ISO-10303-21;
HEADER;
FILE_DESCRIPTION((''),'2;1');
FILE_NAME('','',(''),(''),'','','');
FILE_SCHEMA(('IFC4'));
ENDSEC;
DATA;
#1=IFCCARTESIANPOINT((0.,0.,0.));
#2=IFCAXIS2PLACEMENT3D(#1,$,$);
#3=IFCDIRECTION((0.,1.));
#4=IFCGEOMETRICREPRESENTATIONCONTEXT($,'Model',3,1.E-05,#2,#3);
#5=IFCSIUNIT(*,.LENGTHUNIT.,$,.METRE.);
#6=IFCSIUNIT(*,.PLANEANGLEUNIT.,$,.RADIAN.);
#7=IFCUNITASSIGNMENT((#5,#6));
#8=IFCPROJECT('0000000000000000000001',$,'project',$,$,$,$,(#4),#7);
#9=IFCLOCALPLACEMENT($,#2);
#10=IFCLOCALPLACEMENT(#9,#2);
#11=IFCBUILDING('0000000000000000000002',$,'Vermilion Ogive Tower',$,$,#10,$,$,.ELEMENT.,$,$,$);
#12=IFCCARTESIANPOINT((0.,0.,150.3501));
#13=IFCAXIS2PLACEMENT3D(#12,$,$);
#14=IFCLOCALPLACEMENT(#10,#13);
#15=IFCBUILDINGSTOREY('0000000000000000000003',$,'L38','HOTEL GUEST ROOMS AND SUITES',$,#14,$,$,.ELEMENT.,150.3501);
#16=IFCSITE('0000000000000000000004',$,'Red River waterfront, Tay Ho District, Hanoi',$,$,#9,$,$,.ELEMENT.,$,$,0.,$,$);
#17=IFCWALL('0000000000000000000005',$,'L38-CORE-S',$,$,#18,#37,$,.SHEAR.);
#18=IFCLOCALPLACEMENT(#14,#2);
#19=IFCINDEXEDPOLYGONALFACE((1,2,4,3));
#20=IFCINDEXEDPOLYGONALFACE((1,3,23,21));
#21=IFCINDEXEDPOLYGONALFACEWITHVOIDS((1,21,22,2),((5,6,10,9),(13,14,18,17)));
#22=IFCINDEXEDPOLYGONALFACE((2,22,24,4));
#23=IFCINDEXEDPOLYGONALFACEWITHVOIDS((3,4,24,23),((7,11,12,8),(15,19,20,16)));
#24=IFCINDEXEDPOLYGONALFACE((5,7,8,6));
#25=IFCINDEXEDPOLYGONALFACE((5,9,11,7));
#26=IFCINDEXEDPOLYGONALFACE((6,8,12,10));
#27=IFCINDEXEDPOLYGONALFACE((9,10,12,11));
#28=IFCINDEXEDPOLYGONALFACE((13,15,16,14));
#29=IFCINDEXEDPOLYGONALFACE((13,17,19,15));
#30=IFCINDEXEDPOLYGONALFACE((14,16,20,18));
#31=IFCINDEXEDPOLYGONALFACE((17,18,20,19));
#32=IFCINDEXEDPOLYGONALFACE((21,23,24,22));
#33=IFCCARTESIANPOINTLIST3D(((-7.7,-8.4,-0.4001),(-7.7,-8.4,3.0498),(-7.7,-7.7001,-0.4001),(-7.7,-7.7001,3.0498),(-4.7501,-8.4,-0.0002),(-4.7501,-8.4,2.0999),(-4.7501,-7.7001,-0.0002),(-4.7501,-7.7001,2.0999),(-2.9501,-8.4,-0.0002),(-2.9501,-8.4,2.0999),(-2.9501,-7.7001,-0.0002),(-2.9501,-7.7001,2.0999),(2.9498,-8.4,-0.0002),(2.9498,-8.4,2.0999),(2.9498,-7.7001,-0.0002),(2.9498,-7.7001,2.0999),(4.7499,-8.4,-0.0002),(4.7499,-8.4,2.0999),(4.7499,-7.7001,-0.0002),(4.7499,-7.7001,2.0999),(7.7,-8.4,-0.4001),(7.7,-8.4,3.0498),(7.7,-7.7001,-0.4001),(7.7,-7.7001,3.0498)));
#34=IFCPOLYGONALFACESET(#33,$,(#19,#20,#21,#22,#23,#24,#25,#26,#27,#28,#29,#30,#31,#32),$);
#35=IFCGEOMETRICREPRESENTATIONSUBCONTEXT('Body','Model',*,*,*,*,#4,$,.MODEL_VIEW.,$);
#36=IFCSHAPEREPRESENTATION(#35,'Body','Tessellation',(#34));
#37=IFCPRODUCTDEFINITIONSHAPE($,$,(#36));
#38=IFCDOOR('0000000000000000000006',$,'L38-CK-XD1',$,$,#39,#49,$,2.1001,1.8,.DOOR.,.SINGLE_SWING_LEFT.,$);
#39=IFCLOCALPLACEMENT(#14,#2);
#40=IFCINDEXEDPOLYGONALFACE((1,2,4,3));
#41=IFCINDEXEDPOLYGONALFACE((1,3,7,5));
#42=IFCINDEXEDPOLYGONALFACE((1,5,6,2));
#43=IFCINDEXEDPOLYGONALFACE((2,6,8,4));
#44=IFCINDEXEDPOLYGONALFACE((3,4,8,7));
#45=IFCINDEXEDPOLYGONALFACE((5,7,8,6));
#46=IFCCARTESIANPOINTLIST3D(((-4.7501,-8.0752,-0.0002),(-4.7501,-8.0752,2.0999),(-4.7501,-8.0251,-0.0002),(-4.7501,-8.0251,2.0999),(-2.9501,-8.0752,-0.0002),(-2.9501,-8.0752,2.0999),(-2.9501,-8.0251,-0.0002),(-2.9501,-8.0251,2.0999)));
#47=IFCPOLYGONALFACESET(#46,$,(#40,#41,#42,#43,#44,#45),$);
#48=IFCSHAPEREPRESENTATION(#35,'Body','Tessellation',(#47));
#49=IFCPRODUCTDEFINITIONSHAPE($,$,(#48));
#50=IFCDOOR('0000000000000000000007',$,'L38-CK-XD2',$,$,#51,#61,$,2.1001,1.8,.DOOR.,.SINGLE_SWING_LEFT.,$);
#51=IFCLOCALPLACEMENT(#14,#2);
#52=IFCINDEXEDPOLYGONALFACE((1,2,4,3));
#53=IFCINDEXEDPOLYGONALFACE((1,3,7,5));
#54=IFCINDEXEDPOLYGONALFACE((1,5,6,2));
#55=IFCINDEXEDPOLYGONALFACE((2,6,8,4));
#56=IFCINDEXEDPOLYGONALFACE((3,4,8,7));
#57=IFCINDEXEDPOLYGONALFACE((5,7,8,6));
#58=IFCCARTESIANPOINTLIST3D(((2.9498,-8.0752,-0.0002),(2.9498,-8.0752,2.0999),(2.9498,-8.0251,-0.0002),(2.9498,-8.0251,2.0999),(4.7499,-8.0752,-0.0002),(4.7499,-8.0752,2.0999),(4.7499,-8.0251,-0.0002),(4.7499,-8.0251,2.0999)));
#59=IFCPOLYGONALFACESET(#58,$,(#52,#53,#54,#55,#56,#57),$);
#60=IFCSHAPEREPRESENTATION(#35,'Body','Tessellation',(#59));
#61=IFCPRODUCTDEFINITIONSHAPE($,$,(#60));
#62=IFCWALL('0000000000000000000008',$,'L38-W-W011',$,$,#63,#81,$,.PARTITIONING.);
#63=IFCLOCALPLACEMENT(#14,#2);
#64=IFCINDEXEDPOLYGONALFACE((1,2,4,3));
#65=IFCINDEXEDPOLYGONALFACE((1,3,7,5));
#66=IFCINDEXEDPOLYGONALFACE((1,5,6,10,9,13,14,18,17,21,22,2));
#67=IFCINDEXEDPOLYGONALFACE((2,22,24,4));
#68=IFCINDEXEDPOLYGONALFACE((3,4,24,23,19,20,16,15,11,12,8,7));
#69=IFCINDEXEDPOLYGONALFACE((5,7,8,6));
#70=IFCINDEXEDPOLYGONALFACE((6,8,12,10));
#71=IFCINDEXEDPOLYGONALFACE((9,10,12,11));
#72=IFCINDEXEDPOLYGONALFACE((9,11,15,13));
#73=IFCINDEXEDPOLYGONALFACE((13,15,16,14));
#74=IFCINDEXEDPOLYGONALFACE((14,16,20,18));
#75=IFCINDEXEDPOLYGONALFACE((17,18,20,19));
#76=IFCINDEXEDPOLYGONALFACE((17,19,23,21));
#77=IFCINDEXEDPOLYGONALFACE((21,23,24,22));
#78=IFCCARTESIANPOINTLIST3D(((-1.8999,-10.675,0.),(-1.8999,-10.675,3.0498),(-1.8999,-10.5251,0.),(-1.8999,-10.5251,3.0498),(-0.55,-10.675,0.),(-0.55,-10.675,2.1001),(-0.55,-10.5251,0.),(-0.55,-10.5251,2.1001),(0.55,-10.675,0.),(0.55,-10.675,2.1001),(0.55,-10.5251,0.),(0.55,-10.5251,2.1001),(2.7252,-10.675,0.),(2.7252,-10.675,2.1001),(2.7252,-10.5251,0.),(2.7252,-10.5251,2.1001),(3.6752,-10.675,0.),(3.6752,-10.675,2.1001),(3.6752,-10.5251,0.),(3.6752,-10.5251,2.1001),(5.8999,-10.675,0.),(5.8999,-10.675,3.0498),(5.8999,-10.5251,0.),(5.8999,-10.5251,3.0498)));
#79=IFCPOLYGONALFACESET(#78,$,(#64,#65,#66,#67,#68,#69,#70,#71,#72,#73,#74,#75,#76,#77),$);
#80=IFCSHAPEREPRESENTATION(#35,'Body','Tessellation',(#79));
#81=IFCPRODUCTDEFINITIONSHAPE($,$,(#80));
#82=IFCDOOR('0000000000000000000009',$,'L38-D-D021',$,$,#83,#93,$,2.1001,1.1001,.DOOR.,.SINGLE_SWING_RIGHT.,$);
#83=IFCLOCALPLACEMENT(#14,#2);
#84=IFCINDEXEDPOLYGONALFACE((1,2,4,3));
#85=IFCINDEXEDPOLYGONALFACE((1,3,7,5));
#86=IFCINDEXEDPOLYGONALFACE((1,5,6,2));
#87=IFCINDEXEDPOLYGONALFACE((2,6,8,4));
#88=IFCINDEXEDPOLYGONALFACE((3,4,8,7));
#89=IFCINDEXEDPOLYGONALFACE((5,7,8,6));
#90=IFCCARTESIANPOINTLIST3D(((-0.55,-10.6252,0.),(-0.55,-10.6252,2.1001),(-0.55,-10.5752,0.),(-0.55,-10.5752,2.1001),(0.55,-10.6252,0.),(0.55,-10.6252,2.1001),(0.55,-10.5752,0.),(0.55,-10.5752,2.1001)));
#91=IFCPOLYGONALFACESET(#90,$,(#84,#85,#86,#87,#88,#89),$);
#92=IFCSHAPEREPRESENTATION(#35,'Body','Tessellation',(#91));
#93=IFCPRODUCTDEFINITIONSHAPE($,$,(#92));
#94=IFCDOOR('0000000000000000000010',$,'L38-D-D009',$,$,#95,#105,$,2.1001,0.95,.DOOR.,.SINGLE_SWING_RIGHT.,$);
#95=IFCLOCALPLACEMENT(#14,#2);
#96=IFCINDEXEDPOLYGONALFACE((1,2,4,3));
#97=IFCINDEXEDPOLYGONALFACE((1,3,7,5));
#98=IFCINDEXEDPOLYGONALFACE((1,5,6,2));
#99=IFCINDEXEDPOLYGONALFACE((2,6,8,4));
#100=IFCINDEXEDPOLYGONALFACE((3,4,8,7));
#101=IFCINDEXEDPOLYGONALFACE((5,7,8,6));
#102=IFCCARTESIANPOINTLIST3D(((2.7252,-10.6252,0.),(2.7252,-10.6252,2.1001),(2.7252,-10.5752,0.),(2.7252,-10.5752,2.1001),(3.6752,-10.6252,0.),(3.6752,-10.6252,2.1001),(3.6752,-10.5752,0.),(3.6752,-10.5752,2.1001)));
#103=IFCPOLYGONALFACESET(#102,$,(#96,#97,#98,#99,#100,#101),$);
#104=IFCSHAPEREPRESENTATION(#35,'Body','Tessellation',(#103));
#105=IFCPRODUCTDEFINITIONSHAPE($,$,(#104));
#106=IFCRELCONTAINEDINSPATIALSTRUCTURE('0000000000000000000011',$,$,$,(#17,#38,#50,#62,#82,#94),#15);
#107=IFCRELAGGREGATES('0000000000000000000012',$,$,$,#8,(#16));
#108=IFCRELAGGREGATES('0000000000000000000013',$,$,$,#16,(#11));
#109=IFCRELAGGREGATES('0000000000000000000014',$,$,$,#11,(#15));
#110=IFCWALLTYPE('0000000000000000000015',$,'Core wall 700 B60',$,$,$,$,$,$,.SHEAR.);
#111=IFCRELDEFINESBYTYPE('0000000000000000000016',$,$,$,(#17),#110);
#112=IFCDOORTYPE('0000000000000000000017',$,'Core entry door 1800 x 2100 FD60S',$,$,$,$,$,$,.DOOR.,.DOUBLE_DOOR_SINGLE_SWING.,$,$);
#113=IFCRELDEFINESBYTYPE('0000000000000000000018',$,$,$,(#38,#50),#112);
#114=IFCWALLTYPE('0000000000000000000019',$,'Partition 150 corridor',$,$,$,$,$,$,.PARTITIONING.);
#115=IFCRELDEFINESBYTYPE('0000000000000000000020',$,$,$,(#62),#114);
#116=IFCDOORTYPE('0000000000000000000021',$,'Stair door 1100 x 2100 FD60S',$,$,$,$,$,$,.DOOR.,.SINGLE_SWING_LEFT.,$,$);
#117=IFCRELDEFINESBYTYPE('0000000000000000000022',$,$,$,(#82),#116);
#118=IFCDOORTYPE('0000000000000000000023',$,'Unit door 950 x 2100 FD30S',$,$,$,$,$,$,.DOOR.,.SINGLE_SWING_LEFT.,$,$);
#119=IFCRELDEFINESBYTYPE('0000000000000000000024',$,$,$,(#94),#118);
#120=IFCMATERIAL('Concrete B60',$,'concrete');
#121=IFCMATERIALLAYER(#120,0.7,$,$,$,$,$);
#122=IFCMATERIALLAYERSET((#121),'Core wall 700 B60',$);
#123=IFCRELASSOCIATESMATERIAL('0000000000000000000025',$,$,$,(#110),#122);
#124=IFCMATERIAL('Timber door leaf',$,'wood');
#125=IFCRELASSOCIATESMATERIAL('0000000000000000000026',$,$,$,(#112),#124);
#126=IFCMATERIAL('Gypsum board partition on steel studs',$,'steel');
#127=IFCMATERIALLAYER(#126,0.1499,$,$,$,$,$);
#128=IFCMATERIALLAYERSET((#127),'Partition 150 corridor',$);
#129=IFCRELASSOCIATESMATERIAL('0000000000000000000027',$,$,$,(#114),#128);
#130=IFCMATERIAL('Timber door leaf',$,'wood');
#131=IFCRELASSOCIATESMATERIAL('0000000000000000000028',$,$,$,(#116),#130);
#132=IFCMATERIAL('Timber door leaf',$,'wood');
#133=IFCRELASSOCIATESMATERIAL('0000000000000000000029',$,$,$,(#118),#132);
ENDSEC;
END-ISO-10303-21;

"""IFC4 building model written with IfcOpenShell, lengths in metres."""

from ifc_helpers import new_model, si_unit, direction, frame, frame_2d, origin, place, context, subcontext, project, spatial, rectangle, extrude, material, layer, layer_set, type_object, element, fill, save


model = new_model("IFC4")

# Units and contexts
model_context = context("Model", 3, precision=1e-05, world=origin(), true_north=direction((0.0, 1.0)))
body_context = subcontext(model_context, "Body", "Model", "MODEL_VIEW")
ifc_project = project(units=[si_unit("LENGTHUNIT", "METRE"), si_unit("PLANEANGLEUNIT", "RADIAN")], contexts=[model_context])

# Site, building, storey
site_placement = place(None, origin())
site = spatial("IfcSite", under=ifc_project, at=site_placement, Name="Red River waterfront, Tay Ho District, Hanoi", CompositionType="ELEMENT", RefElevation=0.0)
building_placement = place(site_placement, origin())
building = spatial("IfcBuilding", under=site, at=building_placement, Name="Vermilion Ogive Tower", CompositionType="ELEMENT")
storey_placement = place(building_placement, frame((0.0, 0.0, 150.3501)))
storey = spatial("IfcBuildingStorey", under=building, at=storey_placement, Name="L38", Description="HOTEL GUEST ROOMS AND SUITES", CompositionType="ELEMENT", Elevation=150.3501)

# Walls, openings, doors
ifc_material_1 = material(Name="Concrete B60", Category="concrete")
ifc_layer_1 = layer(ifc_material_1, 0.7)
ifc_layer_set_1 = layer_set([ifc_layer_1], Name="Core wall 700 B60")
wall_type_1 = type_object("IfcWallType", Name="Core wall 700 B60", PredefinedType="SHEAR", material=ifc_layer_set_1)
wall_1_placement = place(storey_placement, frame((-7.7, -8.05, -0.4001), z_axis=(0.0, 0.0, 1.0), x_axis=(1.0, 0.0, 0.0)))
wall_1 = element("IfcWall", 1, at=wall_1_placement, inside=storey, type_object=wall_type_1, Name="L38-CORE-S", PredefinedType="SHEAR", context=body_context, shape_type="SweptSolid", body=[
    extrude(rectangle(XDim=15.3999, YDim=0.7, at=frame_2d((7.7, 0.0))), origin(), (0.0, 0.0, 1.0), 3.45),
])
opening_1_placement = place(wall_1_placement, frame((2.95, 0.0, 0.3999)))
opening_1 = element("IfcOpeningElement", 2, at=opening_1_placement, cuts=wall_1, PredefinedType="OPENING", context=body_context, shape_type="SweptSolid", body=[
    extrude(rectangle(XDim=1.8, YDim=2.1001, at=frame_2d((0.8999, 1.05))), frame((0.0, 0.3599, 0.0), z_axis=(0.0, -1.0, 0.0), x_axis=(1.0, 0.0, 0.0)), (0.0, 0.0, 1.0), 0.72),
])
opening_2_placement = place(wall_1_placement, frame((10.6499, 0.0, 0.3999)))
opening_2 = element("IfcOpeningElement", 3, at=opening_2_placement, cuts=wall_1, PredefinedType="OPENING", context=body_context, shape_type="SweptSolid", body=[
    extrude(rectangle(XDim=1.8, YDim=2.1001, at=frame_2d((0.8999, 1.05))), frame((0.0, 0.3599, 0.0), z_axis=(0.0, -1.0, 0.0), x_axis=(1.0, 0.0, 0.0)), (0.0, 0.0, 1.0), 0.72),
])
ifc_material_2 = material(Name="Timber door leaf", Category="wood")
door_type_1 = type_object("IfcDoorType", Name="Core entry door 1800 x 2100 FD60S", OperationType="DOUBLE_DOOR_SINGLE_SWING", PredefinedType="DOOR", material=ifc_material_2)
door_1_placement = place(opening_1_placement, origin())
door_1 = element("IfcDoor", 4, at=door_1_placement, inside=storey, type_object=door_type_1, Name="L38-CK-XD1", OperationType="SINGLE_SWING_LEFT", OverallHeight=2.1001, OverallWidth=1.8, PredefinedType="DOOR", context=body_context, shape_type="SweptSolid", body=[
    extrude(rectangle(XDim=1.8, YDim=2.1001, at=frame_2d((0.8999, 1.05))), frame((0.0, 0.0249, 0.0), z_axis=(0.0, -1.0, 0.0), x_axis=(1.0, 0.0, 0.0)), (0.0, 0.0, 1.0), 0.05),
])
fill(opening_1, door_1)
door_2_placement = place(opening_2_placement, origin())
door_2 = element("IfcDoor", 5, at=door_2_placement, inside=storey, type_object=door_type_1, Name="L38-CK-XD2", OperationType="SINGLE_SWING_LEFT", OverallHeight=2.1001, OverallWidth=1.8, PredefinedType="DOOR", context=body_context, shape_type="SweptSolid", body=[
    extrude(rectangle(XDim=1.8, YDim=2.1001, at=frame_2d((0.8999, 1.05))), frame((0.0, 0.0249, 0.0), z_axis=(0.0, -1.0, 0.0), x_axis=(1.0, 0.0, 0.0)), (0.0, 0.0, 1.0), 0.05),
])
fill(opening_2, door_2)
ifc_material_3 = material(Name="Gypsum board partition on steel studs", Category="steel")
ifc_layer_2 = layer(ifc_material_3, 0.1499)
ifc_layer_set_2 = layer_set([ifc_layer_2], Name="Partition 150 corridor")
wall_type_2 = type_object("IfcWallType", Name="Partition 150 corridor", PredefinedType="PARTITIONING", material=ifc_layer_set_2)
wall_2_placement = place(storey_placement, frame((-1.8999, -10.6001, 0.0), z_axis=(0.0, 0.0, 1.0), x_axis=(1.0, 0.0, 0.0)))
wall_2 = element("IfcWall", 6, at=wall_2_placement, inside=storey, type_object=wall_type_2, Name="L38-W-W011", PredefinedType="PARTITIONING", context=body_context, shape_type="SweptSolid", body=[
    extrude(rectangle(XDim=7.7998, YDim=0.1499, at=frame_2d((3.8999, 0.0))), origin(), (0.0, 0.0, 1.0), 3.0498),
])
opening_3_placement = place(wall_2_placement, frame((4.625, 0.0, 0.0)))
opening_3 = element("IfcOpeningElement", 7, at=opening_3_placement, cuts=wall_2, PredefinedType="OPENING", context=body_context, shape_type="SweptSolid", body=[
    extrude(rectangle(XDim=0.95, YDim=2.1001, at=frame_2d((0.4751, 1.05))), frame((0.0, 0.085, 0.0), z_axis=(0.0, -1.0, 0.0), x_axis=(1.0, 0.0, 0.0)), (0.0, 0.0, 1.0), 0.1699),
])
opening_4_placement = place(wall_2_placement, frame((1.3499, 0.0, 0.0)))
opening_4 = element("IfcOpeningElement", 8, at=opening_4_placement, cuts=wall_2, PredefinedType="OPENING", context=body_context, shape_type="SweptSolid", body=[
    extrude(rectangle(XDim=1.1001, YDim=2.1001, at=frame_2d((0.55, 1.05))), frame((0.0, 0.085, 0.0), z_axis=(0.0, -1.0, 0.0), x_axis=(1.0, 0.0, 0.0)), (0.0, 0.0, 1.0), 0.1699),
])
ifc_material_4 = material(Name="Timber door leaf", Category="wood")
door_type_2 = type_object("IfcDoorType", Name="Stair door 1100 x 2100 FD60S", OperationType="SINGLE_SWING_LEFT", PredefinedType="DOOR", material=ifc_material_4)
door_3_placement = place(opening_4_placement, origin())
door_3 = element("IfcDoor", 9, at=door_3_placement, inside=storey, type_object=door_type_2, Name="L38-D-D021", OperationType="SINGLE_SWING_RIGHT", OverallHeight=2.1001, OverallWidth=1.1001, PredefinedType="DOOR", context=body_context, shape_type="SweptSolid", body=[
    extrude(rectangle(XDim=1.1001, YDim=2.1001, at=frame_2d((0.55, 1.05))), frame((0.0, 0.0249, 0.0), z_axis=(0.0, -1.0, 0.0), x_axis=(1.0, 0.0, 0.0)), (0.0, 0.0, 1.0), 0.05),
])
fill(opening_4, door_3)
ifc_material_5 = material(Name="Timber door leaf", Category="wood")
door_type_3 = type_object("IfcDoorType", Name="Unit door 950 x 2100 FD30S", OperationType="SINGLE_SWING_LEFT", PredefinedType="DOOR", material=ifc_material_5)
door_4_placement = place(opening_3_placement, origin())
door_4 = element("IfcDoor", 10, at=door_4_placement, inside=storey, type_object=door_type_3, Name="L38-D-D009", OperationType="SINGLE_SWING_RIGHT", OverallHeight=2.1001, OverallWidth=0.95, PredefinedType="DOOR", context=body_context, shape_type="SweptSolid", body=[
    extrude(rectangle(XDim=0.95, YDim=2.1001, at=frame_2d((0.4751, 1.05))), frame((0.0, 0.0249, 0.0), z_axis=(0.0, -1.0, 0.0), x_axis=(1.0, 0.0, 0.0)), (0.0, 0.0, 1.0), 0.05),
])
fill(opening_3, door_4)

save(model, "model.ifc")
